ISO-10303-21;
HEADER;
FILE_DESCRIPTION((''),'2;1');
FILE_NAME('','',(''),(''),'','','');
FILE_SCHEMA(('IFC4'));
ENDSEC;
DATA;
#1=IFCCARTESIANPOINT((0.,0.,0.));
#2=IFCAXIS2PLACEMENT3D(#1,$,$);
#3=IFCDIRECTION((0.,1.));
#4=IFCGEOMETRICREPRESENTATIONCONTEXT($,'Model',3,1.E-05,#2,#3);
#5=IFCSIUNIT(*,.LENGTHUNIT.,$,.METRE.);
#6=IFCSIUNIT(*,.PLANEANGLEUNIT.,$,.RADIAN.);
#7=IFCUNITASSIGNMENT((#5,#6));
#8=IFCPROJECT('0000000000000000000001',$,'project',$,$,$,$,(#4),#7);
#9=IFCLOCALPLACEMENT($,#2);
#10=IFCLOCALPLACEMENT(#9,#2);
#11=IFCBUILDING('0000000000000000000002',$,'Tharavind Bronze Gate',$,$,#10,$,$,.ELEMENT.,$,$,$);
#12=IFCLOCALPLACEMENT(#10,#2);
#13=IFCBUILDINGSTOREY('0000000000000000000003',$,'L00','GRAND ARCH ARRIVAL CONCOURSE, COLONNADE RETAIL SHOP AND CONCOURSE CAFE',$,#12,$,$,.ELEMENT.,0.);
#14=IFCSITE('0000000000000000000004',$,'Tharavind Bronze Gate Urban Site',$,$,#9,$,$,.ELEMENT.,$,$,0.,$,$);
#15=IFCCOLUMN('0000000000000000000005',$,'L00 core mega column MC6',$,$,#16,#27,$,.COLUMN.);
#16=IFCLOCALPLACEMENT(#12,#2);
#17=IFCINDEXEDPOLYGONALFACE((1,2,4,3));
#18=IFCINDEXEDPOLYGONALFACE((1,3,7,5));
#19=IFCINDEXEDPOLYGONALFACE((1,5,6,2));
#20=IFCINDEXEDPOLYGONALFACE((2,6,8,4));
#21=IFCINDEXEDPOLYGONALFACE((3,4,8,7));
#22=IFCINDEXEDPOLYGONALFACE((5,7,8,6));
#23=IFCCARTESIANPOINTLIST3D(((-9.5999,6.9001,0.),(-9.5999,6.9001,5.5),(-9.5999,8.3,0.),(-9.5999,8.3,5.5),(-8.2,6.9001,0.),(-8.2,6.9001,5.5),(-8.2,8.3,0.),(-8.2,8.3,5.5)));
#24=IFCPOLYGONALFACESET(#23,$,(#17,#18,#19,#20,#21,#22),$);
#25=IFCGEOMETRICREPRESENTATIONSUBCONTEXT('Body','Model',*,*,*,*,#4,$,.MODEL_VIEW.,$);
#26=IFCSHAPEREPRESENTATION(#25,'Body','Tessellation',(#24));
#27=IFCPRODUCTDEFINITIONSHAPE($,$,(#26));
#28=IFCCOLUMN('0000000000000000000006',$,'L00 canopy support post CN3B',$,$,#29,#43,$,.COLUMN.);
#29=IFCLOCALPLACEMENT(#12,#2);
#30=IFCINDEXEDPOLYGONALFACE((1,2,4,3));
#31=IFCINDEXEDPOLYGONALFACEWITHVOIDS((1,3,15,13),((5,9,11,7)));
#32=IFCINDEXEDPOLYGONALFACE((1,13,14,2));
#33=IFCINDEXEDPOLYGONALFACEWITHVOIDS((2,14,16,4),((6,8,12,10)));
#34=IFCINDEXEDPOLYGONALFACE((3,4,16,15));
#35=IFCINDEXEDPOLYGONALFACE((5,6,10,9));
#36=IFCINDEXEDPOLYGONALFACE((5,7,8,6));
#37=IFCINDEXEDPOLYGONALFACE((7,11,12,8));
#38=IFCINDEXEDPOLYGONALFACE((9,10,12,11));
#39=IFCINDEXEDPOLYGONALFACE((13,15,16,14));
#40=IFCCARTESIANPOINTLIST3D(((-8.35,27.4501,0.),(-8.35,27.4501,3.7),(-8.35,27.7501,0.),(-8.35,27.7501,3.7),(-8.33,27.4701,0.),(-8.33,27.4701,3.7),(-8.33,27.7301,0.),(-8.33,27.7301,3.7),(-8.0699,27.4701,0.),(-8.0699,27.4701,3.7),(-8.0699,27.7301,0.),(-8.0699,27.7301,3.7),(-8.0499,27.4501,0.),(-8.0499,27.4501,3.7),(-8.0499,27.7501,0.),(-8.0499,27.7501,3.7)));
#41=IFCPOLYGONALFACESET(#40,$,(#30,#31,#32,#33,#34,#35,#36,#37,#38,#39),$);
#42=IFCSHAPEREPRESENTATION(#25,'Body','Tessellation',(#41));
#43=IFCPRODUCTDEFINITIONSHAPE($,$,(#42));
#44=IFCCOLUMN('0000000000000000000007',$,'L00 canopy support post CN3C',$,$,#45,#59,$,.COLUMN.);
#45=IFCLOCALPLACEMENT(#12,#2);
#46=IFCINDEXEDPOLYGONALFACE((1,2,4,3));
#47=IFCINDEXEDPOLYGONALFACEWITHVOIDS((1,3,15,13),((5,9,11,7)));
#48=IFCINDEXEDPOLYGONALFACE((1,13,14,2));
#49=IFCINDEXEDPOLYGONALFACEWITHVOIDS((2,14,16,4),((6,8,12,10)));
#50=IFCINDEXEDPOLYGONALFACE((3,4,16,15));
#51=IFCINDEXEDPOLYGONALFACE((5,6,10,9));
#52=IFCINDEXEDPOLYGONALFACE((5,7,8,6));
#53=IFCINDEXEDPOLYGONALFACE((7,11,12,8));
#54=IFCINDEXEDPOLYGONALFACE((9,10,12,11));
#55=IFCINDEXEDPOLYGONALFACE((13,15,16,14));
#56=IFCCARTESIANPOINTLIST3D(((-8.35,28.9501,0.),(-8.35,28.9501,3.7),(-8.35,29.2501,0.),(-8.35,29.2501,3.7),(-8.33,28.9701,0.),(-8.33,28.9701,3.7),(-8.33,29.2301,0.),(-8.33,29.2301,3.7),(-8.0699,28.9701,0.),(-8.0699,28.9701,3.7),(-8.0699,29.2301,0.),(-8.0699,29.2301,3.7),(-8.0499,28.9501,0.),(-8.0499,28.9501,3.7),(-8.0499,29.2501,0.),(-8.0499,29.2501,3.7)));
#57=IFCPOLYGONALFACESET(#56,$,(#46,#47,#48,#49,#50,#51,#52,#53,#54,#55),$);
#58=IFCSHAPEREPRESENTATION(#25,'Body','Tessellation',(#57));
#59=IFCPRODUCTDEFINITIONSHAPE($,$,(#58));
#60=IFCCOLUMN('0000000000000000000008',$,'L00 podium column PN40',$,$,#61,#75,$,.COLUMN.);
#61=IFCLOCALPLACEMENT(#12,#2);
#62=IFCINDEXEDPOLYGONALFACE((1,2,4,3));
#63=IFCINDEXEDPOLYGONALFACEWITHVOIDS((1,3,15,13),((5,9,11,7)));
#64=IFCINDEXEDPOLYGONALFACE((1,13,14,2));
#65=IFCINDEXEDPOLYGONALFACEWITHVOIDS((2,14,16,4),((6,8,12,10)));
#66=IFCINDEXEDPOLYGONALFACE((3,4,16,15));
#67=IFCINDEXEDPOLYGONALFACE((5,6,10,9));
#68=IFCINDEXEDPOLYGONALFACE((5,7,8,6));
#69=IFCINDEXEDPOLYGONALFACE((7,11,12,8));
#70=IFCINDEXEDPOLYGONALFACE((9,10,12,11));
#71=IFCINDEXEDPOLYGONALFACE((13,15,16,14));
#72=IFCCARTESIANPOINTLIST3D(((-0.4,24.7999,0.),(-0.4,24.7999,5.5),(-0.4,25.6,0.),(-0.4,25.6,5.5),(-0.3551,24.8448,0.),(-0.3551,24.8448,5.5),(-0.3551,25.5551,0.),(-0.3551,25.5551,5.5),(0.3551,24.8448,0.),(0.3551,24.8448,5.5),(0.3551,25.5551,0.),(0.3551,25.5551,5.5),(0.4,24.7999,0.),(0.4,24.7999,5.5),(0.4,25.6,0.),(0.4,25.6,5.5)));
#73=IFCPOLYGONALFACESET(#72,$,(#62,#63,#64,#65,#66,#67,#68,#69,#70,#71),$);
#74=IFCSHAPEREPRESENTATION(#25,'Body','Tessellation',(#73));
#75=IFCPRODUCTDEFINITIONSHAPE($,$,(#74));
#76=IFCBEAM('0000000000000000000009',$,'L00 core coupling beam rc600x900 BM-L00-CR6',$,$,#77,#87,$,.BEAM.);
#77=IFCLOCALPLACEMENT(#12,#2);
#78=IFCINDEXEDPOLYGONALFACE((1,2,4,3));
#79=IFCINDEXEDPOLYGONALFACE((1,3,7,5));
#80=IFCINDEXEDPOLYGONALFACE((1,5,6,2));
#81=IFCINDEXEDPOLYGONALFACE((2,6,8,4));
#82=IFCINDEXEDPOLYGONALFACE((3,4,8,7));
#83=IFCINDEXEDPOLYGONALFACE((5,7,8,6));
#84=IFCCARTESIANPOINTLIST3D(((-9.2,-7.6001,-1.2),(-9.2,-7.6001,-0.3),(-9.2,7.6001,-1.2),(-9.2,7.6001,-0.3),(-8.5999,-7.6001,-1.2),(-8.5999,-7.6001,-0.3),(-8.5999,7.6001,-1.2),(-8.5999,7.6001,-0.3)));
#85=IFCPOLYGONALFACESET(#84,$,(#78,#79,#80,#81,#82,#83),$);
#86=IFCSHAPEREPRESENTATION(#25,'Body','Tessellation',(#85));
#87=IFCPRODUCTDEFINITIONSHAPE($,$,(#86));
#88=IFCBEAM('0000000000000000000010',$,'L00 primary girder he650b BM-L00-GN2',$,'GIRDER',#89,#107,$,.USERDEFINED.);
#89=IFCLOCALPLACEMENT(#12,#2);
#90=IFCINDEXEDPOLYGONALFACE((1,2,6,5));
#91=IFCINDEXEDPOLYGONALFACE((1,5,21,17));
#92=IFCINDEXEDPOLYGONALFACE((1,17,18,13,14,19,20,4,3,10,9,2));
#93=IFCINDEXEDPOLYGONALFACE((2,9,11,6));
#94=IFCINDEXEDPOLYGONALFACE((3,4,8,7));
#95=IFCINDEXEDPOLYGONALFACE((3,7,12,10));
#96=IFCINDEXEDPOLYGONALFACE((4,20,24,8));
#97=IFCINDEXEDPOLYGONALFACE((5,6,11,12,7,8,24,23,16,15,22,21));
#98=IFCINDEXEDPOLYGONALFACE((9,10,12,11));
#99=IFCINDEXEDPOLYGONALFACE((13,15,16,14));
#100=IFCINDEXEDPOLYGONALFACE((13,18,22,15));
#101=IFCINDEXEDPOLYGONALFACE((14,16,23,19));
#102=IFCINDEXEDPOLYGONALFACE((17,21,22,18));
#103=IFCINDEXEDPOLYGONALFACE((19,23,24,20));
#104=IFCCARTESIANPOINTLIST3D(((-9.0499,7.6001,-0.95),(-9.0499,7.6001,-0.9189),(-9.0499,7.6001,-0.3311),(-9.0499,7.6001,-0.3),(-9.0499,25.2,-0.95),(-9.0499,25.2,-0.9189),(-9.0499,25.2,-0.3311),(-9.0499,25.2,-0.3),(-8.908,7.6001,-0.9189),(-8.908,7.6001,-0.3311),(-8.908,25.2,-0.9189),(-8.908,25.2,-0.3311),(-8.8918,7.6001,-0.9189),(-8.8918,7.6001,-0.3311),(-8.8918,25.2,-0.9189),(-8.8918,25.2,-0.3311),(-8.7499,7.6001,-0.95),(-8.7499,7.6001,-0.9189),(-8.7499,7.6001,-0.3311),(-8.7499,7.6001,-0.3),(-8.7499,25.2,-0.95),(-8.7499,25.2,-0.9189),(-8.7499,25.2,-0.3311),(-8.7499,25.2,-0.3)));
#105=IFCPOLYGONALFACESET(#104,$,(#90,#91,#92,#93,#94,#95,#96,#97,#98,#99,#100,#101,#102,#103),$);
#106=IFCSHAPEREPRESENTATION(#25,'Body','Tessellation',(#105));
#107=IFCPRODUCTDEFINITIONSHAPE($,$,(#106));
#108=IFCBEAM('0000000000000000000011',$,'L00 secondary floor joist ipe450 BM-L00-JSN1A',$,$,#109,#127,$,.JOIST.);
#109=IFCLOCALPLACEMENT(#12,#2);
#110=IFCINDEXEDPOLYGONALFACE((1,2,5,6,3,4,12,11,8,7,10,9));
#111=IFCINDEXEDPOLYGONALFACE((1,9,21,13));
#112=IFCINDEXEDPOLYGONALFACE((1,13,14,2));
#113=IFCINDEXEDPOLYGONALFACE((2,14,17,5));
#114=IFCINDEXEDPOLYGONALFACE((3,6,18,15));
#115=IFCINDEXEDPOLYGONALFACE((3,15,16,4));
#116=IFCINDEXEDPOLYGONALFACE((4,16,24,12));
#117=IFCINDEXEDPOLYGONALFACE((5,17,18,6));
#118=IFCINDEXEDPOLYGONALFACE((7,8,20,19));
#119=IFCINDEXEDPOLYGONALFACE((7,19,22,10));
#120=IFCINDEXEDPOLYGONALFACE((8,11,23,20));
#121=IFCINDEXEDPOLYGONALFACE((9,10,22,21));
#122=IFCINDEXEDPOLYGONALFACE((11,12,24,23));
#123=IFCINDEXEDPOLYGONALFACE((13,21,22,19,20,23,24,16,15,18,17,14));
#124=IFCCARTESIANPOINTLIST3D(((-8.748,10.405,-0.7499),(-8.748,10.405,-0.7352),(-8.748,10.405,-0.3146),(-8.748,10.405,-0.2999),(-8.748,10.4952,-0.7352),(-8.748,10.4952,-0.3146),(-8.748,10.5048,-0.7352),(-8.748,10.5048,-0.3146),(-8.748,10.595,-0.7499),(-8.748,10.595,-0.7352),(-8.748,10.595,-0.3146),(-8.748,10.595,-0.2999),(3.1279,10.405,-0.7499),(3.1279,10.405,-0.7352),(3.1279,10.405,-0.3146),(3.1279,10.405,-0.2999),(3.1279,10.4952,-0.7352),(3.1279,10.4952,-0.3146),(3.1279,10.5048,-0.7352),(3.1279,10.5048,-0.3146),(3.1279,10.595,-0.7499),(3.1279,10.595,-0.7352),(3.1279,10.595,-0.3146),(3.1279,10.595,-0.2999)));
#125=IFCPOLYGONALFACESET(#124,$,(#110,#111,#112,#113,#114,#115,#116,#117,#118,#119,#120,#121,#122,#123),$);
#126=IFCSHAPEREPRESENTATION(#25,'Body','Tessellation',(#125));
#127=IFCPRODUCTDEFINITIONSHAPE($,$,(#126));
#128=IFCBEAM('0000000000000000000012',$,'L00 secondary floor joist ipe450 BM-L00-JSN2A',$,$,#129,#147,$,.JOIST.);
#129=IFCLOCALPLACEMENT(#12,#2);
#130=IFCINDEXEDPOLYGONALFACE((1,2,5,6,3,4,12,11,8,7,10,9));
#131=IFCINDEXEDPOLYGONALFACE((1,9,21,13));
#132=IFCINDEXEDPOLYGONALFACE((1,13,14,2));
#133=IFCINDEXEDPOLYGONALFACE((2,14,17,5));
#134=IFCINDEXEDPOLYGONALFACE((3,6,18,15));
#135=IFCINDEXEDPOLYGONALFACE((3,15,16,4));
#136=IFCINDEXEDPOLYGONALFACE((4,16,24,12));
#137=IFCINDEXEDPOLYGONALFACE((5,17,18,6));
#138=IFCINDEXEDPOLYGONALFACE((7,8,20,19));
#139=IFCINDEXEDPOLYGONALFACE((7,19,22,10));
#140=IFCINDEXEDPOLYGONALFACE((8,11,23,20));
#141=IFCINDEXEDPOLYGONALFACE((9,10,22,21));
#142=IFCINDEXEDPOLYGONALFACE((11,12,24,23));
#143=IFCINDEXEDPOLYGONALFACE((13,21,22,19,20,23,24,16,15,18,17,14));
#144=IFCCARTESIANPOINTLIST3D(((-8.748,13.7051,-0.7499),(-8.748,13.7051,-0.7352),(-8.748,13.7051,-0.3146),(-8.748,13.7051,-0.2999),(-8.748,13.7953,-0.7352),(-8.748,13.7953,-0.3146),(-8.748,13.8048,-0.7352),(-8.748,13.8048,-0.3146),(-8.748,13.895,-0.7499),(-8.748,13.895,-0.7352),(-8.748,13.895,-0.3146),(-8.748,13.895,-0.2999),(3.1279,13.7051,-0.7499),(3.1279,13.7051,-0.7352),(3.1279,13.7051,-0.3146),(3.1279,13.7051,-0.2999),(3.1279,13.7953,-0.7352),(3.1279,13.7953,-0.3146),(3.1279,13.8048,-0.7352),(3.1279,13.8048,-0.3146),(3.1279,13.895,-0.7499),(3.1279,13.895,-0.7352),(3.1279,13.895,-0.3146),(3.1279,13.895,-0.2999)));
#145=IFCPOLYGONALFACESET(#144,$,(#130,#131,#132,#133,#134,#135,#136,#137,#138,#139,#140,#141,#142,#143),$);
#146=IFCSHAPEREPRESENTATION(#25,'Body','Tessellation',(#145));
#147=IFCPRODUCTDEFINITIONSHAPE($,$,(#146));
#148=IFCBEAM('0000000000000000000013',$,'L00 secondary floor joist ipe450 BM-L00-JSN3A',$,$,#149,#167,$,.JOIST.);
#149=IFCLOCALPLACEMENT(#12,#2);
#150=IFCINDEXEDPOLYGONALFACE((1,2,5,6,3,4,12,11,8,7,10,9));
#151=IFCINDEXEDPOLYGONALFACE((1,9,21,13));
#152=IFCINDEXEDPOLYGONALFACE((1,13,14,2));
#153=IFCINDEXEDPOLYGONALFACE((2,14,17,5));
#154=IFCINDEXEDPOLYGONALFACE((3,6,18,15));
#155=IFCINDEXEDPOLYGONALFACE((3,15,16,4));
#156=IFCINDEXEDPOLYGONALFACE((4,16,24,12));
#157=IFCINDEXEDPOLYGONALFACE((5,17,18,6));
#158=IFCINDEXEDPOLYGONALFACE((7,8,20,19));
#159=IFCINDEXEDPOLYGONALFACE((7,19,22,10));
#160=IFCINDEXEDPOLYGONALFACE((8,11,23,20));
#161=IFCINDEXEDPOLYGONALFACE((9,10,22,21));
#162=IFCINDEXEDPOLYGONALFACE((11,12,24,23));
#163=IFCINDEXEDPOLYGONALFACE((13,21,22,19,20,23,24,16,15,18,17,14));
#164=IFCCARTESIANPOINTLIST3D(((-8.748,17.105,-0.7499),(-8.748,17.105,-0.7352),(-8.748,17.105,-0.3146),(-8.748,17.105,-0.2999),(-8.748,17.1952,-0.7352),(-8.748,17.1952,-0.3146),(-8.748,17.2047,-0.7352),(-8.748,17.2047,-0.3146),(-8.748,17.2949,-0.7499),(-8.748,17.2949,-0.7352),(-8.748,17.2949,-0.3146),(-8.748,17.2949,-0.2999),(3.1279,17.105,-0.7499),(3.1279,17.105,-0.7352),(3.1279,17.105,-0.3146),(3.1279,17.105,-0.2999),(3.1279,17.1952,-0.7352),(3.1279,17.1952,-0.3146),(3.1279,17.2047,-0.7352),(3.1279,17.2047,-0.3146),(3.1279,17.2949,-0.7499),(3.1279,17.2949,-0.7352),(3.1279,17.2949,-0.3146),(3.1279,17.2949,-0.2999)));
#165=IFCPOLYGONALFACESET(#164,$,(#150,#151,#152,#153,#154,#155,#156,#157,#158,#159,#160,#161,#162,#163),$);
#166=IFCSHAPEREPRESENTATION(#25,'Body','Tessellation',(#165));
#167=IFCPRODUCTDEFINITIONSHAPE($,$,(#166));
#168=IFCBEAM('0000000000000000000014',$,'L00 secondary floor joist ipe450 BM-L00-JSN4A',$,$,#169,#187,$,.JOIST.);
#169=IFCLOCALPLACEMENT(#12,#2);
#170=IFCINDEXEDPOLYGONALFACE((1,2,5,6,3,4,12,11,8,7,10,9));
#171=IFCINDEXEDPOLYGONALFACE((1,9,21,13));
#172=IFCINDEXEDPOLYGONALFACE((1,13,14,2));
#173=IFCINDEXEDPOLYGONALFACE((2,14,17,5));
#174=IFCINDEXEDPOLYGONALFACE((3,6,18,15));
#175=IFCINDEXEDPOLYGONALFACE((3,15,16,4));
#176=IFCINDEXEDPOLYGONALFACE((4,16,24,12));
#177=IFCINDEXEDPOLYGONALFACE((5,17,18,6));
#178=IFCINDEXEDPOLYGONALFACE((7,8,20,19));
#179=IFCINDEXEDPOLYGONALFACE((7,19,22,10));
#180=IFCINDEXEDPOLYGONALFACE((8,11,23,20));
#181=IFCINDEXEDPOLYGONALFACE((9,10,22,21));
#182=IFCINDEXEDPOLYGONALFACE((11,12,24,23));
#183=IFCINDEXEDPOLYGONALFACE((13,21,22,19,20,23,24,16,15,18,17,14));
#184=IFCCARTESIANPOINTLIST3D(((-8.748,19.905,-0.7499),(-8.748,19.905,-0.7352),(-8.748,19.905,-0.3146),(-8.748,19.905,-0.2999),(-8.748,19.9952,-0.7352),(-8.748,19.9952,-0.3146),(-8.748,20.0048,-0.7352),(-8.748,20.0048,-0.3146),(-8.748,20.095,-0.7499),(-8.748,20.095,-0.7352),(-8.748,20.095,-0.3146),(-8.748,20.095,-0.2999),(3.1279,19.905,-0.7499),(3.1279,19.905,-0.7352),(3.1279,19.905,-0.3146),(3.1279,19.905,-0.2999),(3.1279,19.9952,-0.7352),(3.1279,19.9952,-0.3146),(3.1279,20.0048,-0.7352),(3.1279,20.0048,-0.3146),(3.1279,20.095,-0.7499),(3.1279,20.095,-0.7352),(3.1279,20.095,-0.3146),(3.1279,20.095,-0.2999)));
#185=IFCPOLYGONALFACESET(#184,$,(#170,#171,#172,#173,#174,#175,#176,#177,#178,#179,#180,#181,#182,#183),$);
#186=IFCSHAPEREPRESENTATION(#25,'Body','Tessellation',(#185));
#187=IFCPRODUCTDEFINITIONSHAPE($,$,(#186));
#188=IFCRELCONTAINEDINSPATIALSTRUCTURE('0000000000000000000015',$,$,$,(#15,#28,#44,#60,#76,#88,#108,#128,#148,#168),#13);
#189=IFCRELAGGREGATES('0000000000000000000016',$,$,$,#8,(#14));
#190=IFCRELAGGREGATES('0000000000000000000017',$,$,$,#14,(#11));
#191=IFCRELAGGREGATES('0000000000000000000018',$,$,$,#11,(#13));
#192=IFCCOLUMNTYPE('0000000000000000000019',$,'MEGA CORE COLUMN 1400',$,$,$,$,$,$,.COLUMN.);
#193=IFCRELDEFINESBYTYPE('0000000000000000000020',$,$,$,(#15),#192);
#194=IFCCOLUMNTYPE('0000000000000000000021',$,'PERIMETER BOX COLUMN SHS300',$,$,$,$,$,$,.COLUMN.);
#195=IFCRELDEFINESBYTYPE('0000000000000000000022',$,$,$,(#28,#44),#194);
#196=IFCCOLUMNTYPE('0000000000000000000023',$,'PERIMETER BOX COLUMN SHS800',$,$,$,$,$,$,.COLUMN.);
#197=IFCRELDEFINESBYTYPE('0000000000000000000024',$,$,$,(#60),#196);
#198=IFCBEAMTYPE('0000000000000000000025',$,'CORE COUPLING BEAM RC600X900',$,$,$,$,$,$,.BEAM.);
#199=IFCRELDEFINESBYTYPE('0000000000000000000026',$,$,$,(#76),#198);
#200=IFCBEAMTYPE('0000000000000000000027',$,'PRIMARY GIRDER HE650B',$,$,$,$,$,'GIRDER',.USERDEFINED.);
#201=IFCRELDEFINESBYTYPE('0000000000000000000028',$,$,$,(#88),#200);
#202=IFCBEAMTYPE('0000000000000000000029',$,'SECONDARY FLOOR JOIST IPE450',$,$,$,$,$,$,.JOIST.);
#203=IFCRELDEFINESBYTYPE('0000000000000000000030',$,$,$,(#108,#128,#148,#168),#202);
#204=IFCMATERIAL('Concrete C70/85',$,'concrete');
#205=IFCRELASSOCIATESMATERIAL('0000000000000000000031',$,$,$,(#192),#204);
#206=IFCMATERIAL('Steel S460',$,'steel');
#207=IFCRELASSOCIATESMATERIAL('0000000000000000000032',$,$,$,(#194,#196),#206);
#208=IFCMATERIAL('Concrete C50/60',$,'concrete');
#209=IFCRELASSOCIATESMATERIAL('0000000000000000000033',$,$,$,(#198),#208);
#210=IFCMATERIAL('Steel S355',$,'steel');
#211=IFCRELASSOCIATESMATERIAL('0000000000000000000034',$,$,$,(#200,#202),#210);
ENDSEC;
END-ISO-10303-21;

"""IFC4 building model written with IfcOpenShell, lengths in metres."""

from ifc_helpers import new_model, si_unit, direction, frame, origin, origin_2d, place, context, subcontext, project, spatial, rectangle, hollow_rectangle, i_section, extrude, material, material_profile, profile_set, type_object, element, save


model = new_model("IFC4")

# Units and contexts
model_context = context("Model", 3, precision=1e-05, world=origin(), true_north=direction((0.0, 1.0)))
body_context = subcontext(model_context, "Body", "Model", "MODEL_VIEW")
ifc_project = project(units=[si_unit("LENGTHUNIT", "METRE"), si_unit("PLANEANGLEUNIT", "RADIAN")], contexts=[model_context])

# Site, building, storey
site_placement = place(None, origin())
site = spatial("IfcSite", under=ifc_project, at=site_placement, Name="Tharavind Bronze Gate Urban Site", CompositionType="ELEMENT", RefElevation=0.0)
building_placement = place(site_placement, origin())
building = spatial("IfcBuilding", under=site, at=building_placement, Name="Tharavind Bronze Gate", CompositionType="ELEMENT")
storey_placement = place(building_placement, origin())
storey = spatial("IfcBuildingStorey", under=building, at=storey_placement, Name="L00", Description="GRAND ARCH ARRIVAL CONCOURSE, COLONNADE RETAIL SHOP AND CONCOURSE CAFE", CompositionType="ELEMENT", Elevation=0.0)

# Columns
ifc_material_1 = material(Name="Concrete C70/85", Category="concrete")
ifc_material_profile_1 = material_profile(ifc_material_1, rectangle(XDim=1.3999, YDim=1.3999, at=origin_2d()), Name="RCCOL1400")
ifc_profile_set_1 = profile_set([ifc_material_profile_1], Name="Concrete C70/85")
column_type_1 = type_object("IfcColumnType", Name="MEGA CORE COLUMN 1400", PredefinedType="COLUMN", material=ifc_profile_set_1)
column_1_placement = place(storey_placement, frame((-8.8999, 7.6001, 0.0), z_axis=(0.0, 0.0, 1.0), x_axis=(1.0, 0.0, 0.0)))
element("IfcColumn", 1, at=column_1_placement, inside=storey, type_object=column_type_1, Name="L00 core mega column MC6", PredefinedType="COLUMN", context=body_context, shape_type="SweptSolid", body=[
    extrude(rectangle(XDim=1.3999, YDim=1.3999, at=origin_2d()), origin(), (0.0, 0.0, 1.0), 5.5),
])
ifc_material_2 = material(Name="Steel S460", Category="steel")
ifc_material_profile_2 = material_profile(ifc_material_2, hollow_rectangle(XDim=0.3, YDim=0.3, WallThickness=0.02, at=origin_2d()), Name="SHS300X20")
ifc_profile_set_2 = profile_set([ifc_material_profile_2], Name="Steel S460")
column_type_2 = type_object("IfcColumnType", Name="PERIMETER BOX COLUMN SHS300", PredefinedType="COLUMN", material=ifc_profile_set_2)
for number, where, z_axis, x_axis, name in (
    (2, (-8.2, 27.6001, 0.0), (0.0, 0.0, 1.0), (1.0, 0.0, 0.0), "L00 canopy support post CN3B"),
    (3, (-8.2, 29.1001, 0.0), (0.0, 0.0, 1.0), (1.0, 0.0, 0.0), "L00 canopy support post CN3C"),
):
    element("IfcColumn", number, at=place(storey_placement, frame(where, z_axis=z_axis, x_axis=x_axis)), inside=storey, type_object=column_type_2, Name=name, PredefinedType="COLUMN", context=body_context, shape_type="SweptSolid", body=[
        extrude(hollow_rectangle(XDim=0.3, YDim=0.3, WallThickness=0.02, at=origin_2d()), origin(), (0.0, 0.0, 1.0), 3.7),
    ])
ifc_material_profile_3 = material_profile(ifc_material_2, hollow_rectangle(XDim=0.8, YDim=0.8, WallThickness=0.0449, at=origin_2d()), Name="SHS800X45")
ifc_profile_set_3 = profile_set([ifc_material_profile_3], Name="Steel S460")
column_type_3 = type_object("IfcColumnType", Name="PERIMETER BOX COLUMN SHS800", PredefinedType="COLUMN", material=ifc_profile_set_3)
column_2_placement = place(storey_placement, frame((0.0, 25.2, 0.0), z_axis=(0.0, 0.0, 1.0), x_axis=(1.0, 0.0, 0.0)))
element("IfcColumn", 4, at=column_2_placement, inside=storey, type_object=column_type_3, Name="L00 podium column PN40", PredefinedType="COLUMN", context=body_context, shape_type="SweptSolid", body=[
    extrude(hollow_rectangle(XDim=0.8, YDim=0.8, WallThickness=0.0449, at=origin_2d()), origin(), (0.0, 0.0, 1.0), 5.5),
])

# Beams
ifc_material_3 = material(Name="Concrete C50/60", Category="concrete")
ifc_material_profile_4 = material_profile(ifc_material_3, rectangle(XDim=0.6001, YDim=0.8999, at=origin_2d()), Name="RCBM600X900")
ifc_profile_set_4 = profile_set([ifc_material_profile_4], Name="Concrete C50/60")
beam_type_1 = type_object("IfcBeamType", Name="CORE COUPLING BEAM RC600X900", PredefinedType="BEAM", material=ifc_profile_set_4)
beam_1_placement = place(storey_placement, frame((-8.8999, 7.6001, -0.75), z_axis=(0.0, -1.0, 0.0), x_axis=(1.0, 0.0, 0.0)))
element("IfcBeam", 5, at=beam_1_placement, inside=storey, type_object=beam_type_1, Name="L00 core coupling beam rc600x900 BM-L00-CR6", PredefinedType="BEAM", context=body_context, shape_type="SweptSolid", body=[
    extrude(rectangle(XDim=0.6001, YDim=0.8999, at=origin_2d()), origin(), (0.0, 0.0, 1.0), 15.2002),
])
ifc_material_4 = material(Name="Steel S355", Category="steel")
ifc_material_profile_5 = material_profile(ifc_material_4, i_section(OverallWidth=0.3, OverallDepth=0.6499, WebThickness=0.0161, FlangeThickness=0.031, at=origin_2d()), Name="HE650B")
ifc_profile_set_5 = profile_set([ifc_material_profile_5], Name="Steel S355")
beam_type_2 = type_object("IfcBeamType", Name="PRIMARY GIRDER HE650B", ElementType="GIRDER", PredefinedType="USERDEFINED", material=ifc_profile_set_5)
beam_2_placement = place(storey_placement, frame((-8.8999, 25.2, -0.625), z_axis=(0.0, -1.0, 0.0), x_axis=(1.0, 0.0, 0.0)))
element("IfcBeam", 6, at=beam_2_placement, inside=storey, type_object=beam_type_2, Name="L00 primary girder he650b BM-L00-GN2", ObjectType="GIRDER", PredefinedType="USERDEFINED", context=body_context, shape_type="SweptSolid", body=[
    extrude(i_section(OverallWidth=0.3, OverallDepth=0.6499, WebThickness=0.0161, FlangeThickness=0.031, at=origin_2d()), origin(), (0.0, 0.0, 1.0), 17.5999),
])
ifc_material_profile_6 = material_profile(ifc_material_4, i_section(OverallWidth=0.1899, OverallDepth=0.45, WebThickness=0.0095, FlangeThickness=0.0146, at=origin_2d()), Name="IPE450")
ifc_profile_set_6 = profile_set([ifc_material_profile_6], Name="Steel S355")
beam_type_3 = type_object("IfcBeamType", Name="SECONDARY FLOOR JOIST IPE450", PredefinedType="JOIST", material=ifc_profile_set_6)
for number, where, z_axis, x_axis, name in (
    (7, (-8.748, 10.5, -0.5249), (1.0, 0.0, 0.0), (0.0, 1.0, 0.0), "L00 secondary floor joist ipe450 BM-L00-JSN1A"),
    (8, (-8.748, 13.8, -0.5249), (1.0, 0.0, 0.0), (0.0, 1.0, 0.0), "L00 secondary floor joist ipe450 BM-L00-JSN2A"),
    (9, (-8.748, 17.2, -0.5249), (1.0, 0.0, 0.0), (0.0, 1.0, 0.0), "L00 secondary floor joist ipe450 BM-L00-JSN3A"),
    (10, (-8.748, 20.0, -0.5249), (1.0, 0.0, 0.0), (0.0, 1.0, 0.0), "L00 secondary floor joist ipe450 BM-L00-JSN4A"),
):
    element("IfcBeam", number, at=place(storey_placement, frame(where, z_axis=z_axis, x_axis=x_axis)), inside=storey, type_object=beam_type_3, Name=name, PredefinedType="JOIST", context=body_context, shape_type="SweptSolid", body=[
        extrude(i_section(OverallWidth=0.1899, OverallDepth=0.45, WebThickness=0.0095, FlangeThickness=0.0146, at=origin_2d()), origin(), (0.0, 0.0, 1.0), 11.876),
    ])

save(model, "model.ifc")
